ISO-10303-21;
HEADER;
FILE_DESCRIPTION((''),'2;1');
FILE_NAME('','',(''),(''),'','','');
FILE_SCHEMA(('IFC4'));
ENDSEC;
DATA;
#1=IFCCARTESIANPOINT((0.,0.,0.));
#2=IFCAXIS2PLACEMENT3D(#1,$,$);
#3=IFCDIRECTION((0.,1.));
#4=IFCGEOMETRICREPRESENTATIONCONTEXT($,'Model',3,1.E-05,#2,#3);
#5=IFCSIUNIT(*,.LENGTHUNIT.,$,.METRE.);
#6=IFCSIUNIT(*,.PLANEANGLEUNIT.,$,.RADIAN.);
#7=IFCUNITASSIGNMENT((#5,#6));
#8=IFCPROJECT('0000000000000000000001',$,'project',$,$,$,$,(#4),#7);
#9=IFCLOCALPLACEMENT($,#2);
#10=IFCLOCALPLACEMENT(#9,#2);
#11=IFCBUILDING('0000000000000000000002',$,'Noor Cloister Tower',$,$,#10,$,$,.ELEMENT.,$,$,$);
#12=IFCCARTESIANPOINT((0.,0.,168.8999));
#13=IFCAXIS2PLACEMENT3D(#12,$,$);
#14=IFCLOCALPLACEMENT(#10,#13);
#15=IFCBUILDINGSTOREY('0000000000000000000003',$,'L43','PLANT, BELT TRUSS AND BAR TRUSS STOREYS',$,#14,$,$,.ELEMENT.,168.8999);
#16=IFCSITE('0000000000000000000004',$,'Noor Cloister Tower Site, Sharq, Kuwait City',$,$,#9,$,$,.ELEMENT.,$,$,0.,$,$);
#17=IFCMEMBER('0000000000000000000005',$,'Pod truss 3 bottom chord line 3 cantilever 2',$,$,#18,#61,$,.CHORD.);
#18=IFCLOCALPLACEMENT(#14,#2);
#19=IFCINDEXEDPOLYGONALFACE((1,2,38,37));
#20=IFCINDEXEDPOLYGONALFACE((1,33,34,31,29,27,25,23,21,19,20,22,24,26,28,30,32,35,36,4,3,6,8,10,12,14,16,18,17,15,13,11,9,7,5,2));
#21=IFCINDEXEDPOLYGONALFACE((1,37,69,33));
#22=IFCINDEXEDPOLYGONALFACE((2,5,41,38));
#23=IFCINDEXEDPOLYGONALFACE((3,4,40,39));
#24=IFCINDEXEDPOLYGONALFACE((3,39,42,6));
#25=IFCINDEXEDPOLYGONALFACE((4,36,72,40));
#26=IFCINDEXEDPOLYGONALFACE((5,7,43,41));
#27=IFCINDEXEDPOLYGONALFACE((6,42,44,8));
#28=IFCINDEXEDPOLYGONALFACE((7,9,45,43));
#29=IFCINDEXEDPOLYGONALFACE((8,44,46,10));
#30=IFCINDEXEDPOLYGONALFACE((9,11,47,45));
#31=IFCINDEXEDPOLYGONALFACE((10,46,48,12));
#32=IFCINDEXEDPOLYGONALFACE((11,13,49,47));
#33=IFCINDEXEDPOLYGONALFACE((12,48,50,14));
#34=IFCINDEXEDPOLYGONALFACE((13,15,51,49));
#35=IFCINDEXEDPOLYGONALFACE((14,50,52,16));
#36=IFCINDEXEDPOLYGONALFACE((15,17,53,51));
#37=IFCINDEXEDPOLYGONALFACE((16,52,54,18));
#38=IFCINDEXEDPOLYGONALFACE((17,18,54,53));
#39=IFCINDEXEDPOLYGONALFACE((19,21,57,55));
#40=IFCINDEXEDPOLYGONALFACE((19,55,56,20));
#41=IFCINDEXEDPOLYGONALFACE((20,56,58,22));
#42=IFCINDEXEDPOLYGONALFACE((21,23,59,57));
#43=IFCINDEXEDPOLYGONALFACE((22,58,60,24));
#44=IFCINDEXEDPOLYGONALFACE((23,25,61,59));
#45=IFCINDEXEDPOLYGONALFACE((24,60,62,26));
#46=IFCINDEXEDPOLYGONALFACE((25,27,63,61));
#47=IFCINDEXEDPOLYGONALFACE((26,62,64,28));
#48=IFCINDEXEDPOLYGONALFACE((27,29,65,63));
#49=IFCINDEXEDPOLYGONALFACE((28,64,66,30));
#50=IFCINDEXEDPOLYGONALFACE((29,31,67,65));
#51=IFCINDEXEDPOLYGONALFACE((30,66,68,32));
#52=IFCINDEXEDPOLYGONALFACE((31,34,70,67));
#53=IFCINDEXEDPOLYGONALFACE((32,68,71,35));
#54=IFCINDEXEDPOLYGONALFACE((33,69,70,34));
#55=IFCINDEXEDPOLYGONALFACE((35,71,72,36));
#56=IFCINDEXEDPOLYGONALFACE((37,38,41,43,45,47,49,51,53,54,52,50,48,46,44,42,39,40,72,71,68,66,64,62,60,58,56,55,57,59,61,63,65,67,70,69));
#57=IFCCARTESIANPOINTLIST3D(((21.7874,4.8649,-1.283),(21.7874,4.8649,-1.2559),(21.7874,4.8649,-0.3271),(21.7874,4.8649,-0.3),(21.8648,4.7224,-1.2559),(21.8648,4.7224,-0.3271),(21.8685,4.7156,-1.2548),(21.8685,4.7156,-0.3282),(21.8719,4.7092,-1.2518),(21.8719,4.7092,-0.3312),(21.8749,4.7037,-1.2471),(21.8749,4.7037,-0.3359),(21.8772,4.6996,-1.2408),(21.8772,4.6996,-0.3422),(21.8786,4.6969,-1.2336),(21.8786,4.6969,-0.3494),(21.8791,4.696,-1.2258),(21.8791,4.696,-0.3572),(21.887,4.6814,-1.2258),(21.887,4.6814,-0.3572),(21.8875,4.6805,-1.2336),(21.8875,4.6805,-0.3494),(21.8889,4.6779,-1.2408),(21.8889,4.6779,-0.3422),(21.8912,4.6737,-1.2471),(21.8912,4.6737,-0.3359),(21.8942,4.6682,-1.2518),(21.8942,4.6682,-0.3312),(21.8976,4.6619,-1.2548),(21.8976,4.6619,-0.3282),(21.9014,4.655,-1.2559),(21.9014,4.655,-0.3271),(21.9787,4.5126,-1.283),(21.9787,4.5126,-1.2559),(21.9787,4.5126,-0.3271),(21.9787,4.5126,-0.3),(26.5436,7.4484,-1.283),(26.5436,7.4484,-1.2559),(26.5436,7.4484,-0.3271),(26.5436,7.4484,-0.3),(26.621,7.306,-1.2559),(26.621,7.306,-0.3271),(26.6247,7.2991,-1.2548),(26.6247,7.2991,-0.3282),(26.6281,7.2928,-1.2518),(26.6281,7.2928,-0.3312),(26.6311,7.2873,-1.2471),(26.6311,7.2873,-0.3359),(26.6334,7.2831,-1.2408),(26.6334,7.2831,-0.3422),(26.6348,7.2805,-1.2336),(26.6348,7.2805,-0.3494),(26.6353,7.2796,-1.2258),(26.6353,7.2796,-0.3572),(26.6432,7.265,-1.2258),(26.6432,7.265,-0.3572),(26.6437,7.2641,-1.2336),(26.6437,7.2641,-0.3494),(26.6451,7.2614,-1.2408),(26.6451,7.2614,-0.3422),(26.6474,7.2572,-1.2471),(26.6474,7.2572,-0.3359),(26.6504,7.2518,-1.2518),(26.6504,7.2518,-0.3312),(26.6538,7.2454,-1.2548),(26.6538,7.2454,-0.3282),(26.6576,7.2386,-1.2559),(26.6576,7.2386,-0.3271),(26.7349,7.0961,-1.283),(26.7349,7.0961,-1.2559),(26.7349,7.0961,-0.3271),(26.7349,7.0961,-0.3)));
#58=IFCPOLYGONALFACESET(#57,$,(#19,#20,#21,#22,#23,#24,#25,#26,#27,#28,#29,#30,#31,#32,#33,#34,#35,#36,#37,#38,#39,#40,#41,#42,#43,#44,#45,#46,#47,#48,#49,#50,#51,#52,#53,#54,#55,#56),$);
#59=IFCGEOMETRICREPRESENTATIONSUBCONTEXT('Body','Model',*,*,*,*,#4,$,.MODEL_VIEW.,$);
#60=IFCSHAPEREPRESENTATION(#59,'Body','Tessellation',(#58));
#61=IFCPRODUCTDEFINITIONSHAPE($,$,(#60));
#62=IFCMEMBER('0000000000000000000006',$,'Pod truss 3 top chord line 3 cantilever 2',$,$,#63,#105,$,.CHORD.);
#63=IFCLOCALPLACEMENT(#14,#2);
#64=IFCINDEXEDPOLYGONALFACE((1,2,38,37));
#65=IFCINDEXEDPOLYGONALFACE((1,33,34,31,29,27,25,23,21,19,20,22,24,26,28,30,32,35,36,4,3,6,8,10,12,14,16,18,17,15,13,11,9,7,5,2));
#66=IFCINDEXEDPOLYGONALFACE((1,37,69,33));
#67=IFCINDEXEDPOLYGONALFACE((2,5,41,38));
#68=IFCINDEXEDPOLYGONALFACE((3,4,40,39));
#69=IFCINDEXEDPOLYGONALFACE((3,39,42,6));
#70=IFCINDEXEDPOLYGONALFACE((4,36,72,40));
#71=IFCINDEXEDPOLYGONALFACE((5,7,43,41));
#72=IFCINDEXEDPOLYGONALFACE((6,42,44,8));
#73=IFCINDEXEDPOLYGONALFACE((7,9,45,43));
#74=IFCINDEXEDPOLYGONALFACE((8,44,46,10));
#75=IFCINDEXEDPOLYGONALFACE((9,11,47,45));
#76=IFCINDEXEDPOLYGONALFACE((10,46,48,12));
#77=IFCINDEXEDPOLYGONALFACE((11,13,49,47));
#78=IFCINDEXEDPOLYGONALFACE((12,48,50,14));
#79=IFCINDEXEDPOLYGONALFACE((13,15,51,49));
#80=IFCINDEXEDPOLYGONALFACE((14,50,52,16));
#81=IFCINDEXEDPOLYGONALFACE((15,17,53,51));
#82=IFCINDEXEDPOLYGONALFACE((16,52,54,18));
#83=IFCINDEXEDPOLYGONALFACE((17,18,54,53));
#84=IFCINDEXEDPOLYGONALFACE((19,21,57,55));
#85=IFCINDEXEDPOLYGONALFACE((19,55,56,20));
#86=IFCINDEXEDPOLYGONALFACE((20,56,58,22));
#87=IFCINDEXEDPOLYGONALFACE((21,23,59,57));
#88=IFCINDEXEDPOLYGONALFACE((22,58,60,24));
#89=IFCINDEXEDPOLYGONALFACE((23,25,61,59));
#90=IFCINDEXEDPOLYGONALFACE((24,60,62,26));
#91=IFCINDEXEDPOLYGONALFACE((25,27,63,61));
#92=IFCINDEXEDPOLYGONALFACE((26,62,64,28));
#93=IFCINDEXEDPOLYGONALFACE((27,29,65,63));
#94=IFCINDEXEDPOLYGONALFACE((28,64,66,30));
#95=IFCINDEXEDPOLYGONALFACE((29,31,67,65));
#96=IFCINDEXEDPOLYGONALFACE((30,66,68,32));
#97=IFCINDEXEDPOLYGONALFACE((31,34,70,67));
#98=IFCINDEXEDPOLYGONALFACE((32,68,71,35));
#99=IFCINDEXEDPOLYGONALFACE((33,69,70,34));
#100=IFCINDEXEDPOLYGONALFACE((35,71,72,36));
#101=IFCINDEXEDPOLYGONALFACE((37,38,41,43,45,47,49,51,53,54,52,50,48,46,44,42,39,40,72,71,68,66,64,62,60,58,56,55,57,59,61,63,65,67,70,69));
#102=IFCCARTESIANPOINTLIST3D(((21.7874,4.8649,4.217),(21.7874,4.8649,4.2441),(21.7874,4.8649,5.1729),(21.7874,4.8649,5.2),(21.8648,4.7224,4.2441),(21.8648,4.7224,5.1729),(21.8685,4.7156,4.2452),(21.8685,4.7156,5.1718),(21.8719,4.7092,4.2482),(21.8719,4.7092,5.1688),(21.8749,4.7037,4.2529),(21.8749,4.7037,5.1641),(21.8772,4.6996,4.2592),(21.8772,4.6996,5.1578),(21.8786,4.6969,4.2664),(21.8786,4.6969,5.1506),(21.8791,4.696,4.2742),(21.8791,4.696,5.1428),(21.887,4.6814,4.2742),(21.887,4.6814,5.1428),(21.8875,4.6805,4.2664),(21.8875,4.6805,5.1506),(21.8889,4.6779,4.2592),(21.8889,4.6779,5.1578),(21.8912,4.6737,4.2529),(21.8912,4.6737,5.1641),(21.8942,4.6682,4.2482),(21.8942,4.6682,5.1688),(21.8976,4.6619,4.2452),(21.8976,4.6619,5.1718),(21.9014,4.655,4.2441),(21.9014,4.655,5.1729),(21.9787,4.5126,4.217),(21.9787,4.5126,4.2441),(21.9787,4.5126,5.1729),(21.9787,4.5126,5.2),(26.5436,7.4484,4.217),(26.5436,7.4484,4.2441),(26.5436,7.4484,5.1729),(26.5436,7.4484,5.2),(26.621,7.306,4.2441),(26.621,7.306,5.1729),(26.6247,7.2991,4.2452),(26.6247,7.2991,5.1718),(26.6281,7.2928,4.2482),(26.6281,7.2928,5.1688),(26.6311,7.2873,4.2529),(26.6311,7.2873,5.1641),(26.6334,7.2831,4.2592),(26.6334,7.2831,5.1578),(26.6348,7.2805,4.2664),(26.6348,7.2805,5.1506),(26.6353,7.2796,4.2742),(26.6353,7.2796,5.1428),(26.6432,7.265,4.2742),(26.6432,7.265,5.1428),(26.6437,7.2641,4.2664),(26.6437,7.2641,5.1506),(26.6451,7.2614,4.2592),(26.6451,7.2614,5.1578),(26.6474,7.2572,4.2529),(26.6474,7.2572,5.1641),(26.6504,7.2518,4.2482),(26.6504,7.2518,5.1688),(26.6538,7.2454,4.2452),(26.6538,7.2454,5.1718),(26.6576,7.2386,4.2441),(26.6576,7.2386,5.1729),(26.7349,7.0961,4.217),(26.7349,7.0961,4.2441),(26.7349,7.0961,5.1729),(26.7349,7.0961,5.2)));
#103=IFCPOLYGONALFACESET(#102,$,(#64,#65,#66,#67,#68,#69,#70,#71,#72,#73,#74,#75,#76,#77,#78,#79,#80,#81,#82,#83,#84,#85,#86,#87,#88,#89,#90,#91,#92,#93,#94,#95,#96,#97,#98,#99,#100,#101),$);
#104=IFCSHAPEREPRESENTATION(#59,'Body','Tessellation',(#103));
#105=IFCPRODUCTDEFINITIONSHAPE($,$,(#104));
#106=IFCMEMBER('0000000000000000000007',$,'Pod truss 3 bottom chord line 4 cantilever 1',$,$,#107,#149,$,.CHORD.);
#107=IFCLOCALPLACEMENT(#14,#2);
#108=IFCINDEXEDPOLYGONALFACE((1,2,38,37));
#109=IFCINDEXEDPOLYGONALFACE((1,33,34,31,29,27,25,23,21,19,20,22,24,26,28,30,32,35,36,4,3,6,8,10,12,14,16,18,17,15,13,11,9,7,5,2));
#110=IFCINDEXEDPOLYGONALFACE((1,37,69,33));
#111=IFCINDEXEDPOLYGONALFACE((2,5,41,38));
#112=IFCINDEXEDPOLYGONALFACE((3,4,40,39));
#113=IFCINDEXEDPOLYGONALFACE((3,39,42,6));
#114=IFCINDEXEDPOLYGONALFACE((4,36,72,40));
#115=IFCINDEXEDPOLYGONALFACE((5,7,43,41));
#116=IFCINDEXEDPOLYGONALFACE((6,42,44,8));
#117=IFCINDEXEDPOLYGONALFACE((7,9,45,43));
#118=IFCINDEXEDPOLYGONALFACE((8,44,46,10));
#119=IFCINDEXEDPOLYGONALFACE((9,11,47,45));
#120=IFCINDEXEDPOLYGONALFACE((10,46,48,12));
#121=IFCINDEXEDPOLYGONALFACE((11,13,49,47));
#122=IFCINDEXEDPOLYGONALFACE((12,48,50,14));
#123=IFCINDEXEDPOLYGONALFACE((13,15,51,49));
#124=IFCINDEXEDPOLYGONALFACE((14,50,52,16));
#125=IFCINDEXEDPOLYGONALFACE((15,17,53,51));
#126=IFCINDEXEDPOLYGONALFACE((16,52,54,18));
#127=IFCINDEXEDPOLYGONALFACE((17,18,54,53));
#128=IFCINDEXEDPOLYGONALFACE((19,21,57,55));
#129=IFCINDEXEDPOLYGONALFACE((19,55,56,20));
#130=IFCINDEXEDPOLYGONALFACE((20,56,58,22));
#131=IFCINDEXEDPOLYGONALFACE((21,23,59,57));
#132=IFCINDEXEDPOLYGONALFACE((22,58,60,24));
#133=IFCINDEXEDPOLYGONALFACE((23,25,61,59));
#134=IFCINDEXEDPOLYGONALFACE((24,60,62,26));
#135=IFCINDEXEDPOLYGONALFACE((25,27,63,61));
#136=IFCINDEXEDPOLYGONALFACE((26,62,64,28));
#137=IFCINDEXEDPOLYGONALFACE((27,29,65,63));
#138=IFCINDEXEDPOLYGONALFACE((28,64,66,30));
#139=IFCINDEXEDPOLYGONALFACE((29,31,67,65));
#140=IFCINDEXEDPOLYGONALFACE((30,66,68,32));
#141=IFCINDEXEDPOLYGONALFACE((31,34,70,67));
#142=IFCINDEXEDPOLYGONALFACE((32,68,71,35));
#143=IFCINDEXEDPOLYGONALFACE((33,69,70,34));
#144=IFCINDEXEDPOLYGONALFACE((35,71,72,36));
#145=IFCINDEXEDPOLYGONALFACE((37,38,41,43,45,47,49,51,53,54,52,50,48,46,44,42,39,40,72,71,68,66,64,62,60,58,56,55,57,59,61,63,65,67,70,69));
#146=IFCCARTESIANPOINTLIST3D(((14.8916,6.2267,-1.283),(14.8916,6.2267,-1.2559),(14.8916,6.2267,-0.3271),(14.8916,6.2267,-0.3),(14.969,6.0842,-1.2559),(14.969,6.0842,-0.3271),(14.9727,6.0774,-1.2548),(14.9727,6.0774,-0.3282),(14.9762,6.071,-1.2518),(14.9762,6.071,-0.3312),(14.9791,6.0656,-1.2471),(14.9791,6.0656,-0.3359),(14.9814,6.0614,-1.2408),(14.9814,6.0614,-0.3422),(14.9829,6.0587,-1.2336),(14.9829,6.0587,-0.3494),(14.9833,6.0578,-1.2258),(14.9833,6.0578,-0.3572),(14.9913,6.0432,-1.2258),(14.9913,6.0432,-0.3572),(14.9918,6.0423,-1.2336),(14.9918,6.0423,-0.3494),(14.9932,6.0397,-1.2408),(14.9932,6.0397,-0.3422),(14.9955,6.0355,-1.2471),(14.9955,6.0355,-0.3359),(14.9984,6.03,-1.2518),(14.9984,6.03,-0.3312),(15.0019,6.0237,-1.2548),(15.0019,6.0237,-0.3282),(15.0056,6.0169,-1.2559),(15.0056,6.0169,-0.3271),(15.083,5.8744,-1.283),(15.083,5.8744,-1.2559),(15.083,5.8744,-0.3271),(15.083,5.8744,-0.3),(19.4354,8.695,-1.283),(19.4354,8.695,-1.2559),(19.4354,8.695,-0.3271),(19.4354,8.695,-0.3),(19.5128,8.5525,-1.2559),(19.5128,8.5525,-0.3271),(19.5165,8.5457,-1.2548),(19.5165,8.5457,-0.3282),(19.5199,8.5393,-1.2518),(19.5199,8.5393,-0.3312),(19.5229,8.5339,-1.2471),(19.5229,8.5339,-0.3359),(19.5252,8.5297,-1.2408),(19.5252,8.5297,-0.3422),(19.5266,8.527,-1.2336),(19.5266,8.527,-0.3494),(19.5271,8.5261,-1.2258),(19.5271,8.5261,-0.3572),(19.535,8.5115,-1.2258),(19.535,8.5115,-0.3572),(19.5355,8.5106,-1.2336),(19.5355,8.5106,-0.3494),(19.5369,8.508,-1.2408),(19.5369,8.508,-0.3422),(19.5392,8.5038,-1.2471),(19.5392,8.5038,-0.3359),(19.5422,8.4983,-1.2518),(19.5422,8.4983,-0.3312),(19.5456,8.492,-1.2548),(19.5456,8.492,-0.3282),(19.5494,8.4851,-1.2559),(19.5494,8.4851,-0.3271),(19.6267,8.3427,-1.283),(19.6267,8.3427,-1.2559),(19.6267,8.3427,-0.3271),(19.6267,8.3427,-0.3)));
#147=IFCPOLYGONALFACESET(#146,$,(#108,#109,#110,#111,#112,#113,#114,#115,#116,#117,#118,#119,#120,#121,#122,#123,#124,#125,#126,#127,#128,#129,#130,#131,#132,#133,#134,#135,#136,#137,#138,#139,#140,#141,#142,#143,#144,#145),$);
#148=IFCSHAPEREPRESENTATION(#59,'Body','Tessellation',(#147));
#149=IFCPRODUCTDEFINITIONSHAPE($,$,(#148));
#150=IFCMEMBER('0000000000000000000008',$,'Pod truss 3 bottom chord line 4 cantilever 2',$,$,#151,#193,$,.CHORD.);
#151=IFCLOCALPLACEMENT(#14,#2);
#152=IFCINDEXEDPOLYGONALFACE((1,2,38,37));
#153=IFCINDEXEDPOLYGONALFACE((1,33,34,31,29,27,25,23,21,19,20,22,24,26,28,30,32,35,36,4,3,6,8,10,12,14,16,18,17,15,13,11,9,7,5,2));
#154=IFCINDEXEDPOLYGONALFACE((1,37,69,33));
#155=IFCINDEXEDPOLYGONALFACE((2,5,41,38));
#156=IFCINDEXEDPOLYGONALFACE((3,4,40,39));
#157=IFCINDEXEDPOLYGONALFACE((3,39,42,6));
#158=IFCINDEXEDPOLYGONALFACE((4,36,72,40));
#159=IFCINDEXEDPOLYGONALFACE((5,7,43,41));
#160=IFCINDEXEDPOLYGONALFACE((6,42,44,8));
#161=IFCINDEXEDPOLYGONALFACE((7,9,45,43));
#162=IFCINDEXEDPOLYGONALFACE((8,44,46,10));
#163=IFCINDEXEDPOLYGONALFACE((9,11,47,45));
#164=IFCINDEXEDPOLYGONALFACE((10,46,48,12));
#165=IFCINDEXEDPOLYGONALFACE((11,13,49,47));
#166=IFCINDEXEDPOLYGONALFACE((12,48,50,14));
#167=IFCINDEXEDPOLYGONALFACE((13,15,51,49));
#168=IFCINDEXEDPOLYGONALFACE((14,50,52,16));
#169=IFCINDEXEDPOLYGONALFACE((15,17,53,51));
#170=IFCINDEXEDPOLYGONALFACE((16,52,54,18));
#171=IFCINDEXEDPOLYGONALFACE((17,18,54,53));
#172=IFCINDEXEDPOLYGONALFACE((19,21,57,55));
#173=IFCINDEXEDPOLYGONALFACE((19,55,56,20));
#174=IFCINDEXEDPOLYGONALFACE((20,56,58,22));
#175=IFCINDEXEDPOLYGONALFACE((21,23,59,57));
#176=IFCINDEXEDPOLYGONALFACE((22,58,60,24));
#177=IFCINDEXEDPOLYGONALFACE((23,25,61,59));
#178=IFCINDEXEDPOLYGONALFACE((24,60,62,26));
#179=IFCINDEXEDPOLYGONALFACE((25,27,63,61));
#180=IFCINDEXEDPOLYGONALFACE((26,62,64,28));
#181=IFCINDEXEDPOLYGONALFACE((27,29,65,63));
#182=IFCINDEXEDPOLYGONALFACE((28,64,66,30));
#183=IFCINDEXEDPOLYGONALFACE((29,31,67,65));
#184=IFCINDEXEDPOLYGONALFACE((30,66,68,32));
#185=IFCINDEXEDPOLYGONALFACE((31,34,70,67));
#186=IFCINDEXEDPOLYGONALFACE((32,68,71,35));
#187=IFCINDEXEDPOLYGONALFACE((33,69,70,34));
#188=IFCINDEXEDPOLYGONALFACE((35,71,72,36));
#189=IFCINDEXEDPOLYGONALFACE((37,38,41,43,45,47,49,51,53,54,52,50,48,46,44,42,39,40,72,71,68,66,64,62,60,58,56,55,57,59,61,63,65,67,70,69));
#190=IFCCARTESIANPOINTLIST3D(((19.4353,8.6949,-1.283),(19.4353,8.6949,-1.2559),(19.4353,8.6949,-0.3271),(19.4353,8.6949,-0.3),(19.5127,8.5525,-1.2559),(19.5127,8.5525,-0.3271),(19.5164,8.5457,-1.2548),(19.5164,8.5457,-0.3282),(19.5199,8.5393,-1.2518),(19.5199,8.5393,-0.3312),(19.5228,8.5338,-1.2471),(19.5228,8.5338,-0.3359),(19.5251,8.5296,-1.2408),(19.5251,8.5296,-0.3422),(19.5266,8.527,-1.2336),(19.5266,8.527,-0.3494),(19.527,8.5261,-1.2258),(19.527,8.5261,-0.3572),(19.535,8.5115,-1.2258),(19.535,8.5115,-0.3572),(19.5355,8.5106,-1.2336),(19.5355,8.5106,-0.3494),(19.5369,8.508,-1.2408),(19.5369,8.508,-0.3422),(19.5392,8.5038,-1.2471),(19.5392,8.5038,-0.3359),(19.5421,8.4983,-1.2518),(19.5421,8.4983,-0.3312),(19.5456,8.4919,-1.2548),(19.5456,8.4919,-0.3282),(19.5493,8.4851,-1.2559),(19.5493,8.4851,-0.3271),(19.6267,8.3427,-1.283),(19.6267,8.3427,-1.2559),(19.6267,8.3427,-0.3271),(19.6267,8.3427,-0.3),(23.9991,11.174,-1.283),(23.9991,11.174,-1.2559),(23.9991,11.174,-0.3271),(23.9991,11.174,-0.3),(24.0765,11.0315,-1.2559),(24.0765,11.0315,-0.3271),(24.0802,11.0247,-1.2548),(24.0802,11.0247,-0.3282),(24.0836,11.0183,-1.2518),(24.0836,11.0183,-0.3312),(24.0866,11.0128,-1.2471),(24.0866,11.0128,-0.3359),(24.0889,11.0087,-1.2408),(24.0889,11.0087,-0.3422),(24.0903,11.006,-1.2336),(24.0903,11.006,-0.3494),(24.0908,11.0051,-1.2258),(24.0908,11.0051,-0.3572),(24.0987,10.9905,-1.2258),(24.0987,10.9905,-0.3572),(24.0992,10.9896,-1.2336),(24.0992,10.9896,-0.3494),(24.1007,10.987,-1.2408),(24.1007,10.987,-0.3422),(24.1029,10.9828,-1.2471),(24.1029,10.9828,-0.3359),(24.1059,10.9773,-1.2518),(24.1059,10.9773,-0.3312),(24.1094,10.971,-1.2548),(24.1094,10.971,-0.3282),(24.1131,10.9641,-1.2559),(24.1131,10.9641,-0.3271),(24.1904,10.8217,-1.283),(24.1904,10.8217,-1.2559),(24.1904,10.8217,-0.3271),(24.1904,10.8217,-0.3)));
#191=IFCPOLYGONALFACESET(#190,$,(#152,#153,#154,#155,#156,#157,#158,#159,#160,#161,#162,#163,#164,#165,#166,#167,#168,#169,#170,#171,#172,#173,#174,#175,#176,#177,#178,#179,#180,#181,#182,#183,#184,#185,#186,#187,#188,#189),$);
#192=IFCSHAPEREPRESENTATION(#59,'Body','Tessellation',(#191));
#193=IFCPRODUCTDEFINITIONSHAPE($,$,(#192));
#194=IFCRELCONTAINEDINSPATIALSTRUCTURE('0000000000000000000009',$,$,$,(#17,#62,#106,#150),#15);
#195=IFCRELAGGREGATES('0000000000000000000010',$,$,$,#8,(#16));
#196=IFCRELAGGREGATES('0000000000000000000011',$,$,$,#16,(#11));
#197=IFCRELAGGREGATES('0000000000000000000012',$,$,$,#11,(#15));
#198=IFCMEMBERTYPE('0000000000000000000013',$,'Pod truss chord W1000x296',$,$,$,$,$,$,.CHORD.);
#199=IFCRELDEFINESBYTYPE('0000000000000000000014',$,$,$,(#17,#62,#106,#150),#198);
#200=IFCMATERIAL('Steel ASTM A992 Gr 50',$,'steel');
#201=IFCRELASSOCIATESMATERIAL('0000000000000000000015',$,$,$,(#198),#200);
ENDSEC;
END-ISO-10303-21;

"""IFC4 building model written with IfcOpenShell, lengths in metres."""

from ifc_helpers import new_model, si_unit, direction, frame, origin, origin_2d, place, context, subcontext, project, spatial, i_section, extrude, material, material_profile, profile_set, type_object, element, save


model = new_model("IFC4")

# Units and contexts
model_context = context("Model", 3, precision=1e-05, world=origin(), true_north=direction((0.0, 1.0)))
body_context = subcontext(model_context, "Body", "Model", "MODEL_VIEW")
ifc_project = project(units=[si_unit("LENGTHUNIT", "METRE"), si_unit("PLANEANGLEUNIT", "RADIAN")], contexts=[model_context])

# Site, building, storey
site_placement = place(None, origin())
site = spatial("IfcSite", under=ifc_project, at=site_placement, Name="Noor Cloister Tower Site, Sharq, Kuwait City", CompositionType="ELEMENT", RefElevation=0.0)
building_placement = place(site_placement, origin())
building = spatial("IfcBuilding", under=site, at=building_placement, Name="Noor Cloister Tower", CompositionType="ELEMENT")
storey_placement = place(building_placement, frame((0.0, 0.0, 168.8999)))
storey = spatial("IfcBuildingStorey", under=building, at=storey_placement, Name="L43", Description="PLANT, BELT TRUSS AND BAR TRUSS STOREYS", CompositionType="ELEMENT", Elevation=168.8999)

# Members
ifc_material_1 = material(Name="Steel ASTM A992 Gr 50", Category="steel")
ifc_material_profile_1 = material_profile(ifc_material_1, i_section(OverallWidth=0.4009, OverallDepth=0.9829, WebThickness=0.0166, FlangeThickness=0.0271, FilletRadius=0.03, at=origin_2d()), Name="W1000x296")
ifc_profile_set_1 = profile_set([ifc_material_profile_1], Name="Steel ASTM A992 Gr 50")
member_type_1 = type_object("IfcMemberType", Name="Pod truss chord W1000x296", PredefinedType="CHORD", material=ifc_profile_set_1)
for number, where, z_axis, x_axis, name in (
    (1, (21.8831, 4.6887, -0.7915), (0.878729, 0.477322, 0.0), (-0.477322, 0.878729, 0.0), "Pod truss 3 bottom chord line 3 cantilever 2"),
    (2, (21.8831, 4.6887, 4.7085), (0.878729, 0.477322, 0.0), (-0.477322, 0.878729, 0.0), "Pod truss 3 top chord line 3 cantilever 2"),
):
    element("IfcMember", number, at=place(storey_placement, frame(where, z_axis=z_axis, x_axis=x_axis)), inside=storey, type_object=member_type_1, Name=name, PredefinedType="CHORD", context=body_context, shape_type="SweptSolid", body=[
        extrude(i_section(OverallWidth=0.4009, OverallDepth=0.9829, WebThickness=0.0166, FlangeThickness=0.0271, FilletRadius=0.03, at=origin_2d()), origin(), (0.0, 0.0, 1.0), 5.4126),
    ])
member_1_placement = place(storey_placement, frame((14.9873, 6.0505, -0.7915), z_axis=(0.878717, 0.477343, 0.0), x_axis=(-0.477343, 0.878717, 0.0)))
element("IfcMember", 3, at=member_1_placement, inside=storey, type_object=member_type_1, Name="Pod truss 3 bottom chord line 4 cantilever 1", PredefinedType="CHORD", context=body_context, shape_type="SweptSolid", body=[
    extrude(i_section(OverallWidth=0.4009, OverallDepth=0.9829, WebThickness=0.0166, FlangeThickness=0.0271, FilletRadius=0.03, at=origin_2d()), origin(), (0.0, 0.0, 1.0), 5.1709),
])
for number, where, z_axis, x_axis, name in (
    (4, (19.531, 8.5188, -0.7915), (0.878728, 0.477323, 0.0), (-0.477323, 0.878728, 0.0), "Pod truss 3 bottom chord line 4 cantilever 2"),
):
    element("IfcMember", number, at=place(storey_placement, frame(where, z_axis=z_axis, x_axis=x_axis)), inside=storey, type_object=member_type_1, Name=name, PredefinedType="CHORD", context=body_context, shape_type="SweptSolid", body=[
        extrude(i_section(OverallWidth=0.4009, OverallDepth=0.9829, WebThickness=0.0166, FlangeThickness=0.0271, FilletRadius=0.03, at=origin_2d()), origin(), (0.0, 0.0, 1.0), 5.1936),
    ])

save(model, "model.ifc")
